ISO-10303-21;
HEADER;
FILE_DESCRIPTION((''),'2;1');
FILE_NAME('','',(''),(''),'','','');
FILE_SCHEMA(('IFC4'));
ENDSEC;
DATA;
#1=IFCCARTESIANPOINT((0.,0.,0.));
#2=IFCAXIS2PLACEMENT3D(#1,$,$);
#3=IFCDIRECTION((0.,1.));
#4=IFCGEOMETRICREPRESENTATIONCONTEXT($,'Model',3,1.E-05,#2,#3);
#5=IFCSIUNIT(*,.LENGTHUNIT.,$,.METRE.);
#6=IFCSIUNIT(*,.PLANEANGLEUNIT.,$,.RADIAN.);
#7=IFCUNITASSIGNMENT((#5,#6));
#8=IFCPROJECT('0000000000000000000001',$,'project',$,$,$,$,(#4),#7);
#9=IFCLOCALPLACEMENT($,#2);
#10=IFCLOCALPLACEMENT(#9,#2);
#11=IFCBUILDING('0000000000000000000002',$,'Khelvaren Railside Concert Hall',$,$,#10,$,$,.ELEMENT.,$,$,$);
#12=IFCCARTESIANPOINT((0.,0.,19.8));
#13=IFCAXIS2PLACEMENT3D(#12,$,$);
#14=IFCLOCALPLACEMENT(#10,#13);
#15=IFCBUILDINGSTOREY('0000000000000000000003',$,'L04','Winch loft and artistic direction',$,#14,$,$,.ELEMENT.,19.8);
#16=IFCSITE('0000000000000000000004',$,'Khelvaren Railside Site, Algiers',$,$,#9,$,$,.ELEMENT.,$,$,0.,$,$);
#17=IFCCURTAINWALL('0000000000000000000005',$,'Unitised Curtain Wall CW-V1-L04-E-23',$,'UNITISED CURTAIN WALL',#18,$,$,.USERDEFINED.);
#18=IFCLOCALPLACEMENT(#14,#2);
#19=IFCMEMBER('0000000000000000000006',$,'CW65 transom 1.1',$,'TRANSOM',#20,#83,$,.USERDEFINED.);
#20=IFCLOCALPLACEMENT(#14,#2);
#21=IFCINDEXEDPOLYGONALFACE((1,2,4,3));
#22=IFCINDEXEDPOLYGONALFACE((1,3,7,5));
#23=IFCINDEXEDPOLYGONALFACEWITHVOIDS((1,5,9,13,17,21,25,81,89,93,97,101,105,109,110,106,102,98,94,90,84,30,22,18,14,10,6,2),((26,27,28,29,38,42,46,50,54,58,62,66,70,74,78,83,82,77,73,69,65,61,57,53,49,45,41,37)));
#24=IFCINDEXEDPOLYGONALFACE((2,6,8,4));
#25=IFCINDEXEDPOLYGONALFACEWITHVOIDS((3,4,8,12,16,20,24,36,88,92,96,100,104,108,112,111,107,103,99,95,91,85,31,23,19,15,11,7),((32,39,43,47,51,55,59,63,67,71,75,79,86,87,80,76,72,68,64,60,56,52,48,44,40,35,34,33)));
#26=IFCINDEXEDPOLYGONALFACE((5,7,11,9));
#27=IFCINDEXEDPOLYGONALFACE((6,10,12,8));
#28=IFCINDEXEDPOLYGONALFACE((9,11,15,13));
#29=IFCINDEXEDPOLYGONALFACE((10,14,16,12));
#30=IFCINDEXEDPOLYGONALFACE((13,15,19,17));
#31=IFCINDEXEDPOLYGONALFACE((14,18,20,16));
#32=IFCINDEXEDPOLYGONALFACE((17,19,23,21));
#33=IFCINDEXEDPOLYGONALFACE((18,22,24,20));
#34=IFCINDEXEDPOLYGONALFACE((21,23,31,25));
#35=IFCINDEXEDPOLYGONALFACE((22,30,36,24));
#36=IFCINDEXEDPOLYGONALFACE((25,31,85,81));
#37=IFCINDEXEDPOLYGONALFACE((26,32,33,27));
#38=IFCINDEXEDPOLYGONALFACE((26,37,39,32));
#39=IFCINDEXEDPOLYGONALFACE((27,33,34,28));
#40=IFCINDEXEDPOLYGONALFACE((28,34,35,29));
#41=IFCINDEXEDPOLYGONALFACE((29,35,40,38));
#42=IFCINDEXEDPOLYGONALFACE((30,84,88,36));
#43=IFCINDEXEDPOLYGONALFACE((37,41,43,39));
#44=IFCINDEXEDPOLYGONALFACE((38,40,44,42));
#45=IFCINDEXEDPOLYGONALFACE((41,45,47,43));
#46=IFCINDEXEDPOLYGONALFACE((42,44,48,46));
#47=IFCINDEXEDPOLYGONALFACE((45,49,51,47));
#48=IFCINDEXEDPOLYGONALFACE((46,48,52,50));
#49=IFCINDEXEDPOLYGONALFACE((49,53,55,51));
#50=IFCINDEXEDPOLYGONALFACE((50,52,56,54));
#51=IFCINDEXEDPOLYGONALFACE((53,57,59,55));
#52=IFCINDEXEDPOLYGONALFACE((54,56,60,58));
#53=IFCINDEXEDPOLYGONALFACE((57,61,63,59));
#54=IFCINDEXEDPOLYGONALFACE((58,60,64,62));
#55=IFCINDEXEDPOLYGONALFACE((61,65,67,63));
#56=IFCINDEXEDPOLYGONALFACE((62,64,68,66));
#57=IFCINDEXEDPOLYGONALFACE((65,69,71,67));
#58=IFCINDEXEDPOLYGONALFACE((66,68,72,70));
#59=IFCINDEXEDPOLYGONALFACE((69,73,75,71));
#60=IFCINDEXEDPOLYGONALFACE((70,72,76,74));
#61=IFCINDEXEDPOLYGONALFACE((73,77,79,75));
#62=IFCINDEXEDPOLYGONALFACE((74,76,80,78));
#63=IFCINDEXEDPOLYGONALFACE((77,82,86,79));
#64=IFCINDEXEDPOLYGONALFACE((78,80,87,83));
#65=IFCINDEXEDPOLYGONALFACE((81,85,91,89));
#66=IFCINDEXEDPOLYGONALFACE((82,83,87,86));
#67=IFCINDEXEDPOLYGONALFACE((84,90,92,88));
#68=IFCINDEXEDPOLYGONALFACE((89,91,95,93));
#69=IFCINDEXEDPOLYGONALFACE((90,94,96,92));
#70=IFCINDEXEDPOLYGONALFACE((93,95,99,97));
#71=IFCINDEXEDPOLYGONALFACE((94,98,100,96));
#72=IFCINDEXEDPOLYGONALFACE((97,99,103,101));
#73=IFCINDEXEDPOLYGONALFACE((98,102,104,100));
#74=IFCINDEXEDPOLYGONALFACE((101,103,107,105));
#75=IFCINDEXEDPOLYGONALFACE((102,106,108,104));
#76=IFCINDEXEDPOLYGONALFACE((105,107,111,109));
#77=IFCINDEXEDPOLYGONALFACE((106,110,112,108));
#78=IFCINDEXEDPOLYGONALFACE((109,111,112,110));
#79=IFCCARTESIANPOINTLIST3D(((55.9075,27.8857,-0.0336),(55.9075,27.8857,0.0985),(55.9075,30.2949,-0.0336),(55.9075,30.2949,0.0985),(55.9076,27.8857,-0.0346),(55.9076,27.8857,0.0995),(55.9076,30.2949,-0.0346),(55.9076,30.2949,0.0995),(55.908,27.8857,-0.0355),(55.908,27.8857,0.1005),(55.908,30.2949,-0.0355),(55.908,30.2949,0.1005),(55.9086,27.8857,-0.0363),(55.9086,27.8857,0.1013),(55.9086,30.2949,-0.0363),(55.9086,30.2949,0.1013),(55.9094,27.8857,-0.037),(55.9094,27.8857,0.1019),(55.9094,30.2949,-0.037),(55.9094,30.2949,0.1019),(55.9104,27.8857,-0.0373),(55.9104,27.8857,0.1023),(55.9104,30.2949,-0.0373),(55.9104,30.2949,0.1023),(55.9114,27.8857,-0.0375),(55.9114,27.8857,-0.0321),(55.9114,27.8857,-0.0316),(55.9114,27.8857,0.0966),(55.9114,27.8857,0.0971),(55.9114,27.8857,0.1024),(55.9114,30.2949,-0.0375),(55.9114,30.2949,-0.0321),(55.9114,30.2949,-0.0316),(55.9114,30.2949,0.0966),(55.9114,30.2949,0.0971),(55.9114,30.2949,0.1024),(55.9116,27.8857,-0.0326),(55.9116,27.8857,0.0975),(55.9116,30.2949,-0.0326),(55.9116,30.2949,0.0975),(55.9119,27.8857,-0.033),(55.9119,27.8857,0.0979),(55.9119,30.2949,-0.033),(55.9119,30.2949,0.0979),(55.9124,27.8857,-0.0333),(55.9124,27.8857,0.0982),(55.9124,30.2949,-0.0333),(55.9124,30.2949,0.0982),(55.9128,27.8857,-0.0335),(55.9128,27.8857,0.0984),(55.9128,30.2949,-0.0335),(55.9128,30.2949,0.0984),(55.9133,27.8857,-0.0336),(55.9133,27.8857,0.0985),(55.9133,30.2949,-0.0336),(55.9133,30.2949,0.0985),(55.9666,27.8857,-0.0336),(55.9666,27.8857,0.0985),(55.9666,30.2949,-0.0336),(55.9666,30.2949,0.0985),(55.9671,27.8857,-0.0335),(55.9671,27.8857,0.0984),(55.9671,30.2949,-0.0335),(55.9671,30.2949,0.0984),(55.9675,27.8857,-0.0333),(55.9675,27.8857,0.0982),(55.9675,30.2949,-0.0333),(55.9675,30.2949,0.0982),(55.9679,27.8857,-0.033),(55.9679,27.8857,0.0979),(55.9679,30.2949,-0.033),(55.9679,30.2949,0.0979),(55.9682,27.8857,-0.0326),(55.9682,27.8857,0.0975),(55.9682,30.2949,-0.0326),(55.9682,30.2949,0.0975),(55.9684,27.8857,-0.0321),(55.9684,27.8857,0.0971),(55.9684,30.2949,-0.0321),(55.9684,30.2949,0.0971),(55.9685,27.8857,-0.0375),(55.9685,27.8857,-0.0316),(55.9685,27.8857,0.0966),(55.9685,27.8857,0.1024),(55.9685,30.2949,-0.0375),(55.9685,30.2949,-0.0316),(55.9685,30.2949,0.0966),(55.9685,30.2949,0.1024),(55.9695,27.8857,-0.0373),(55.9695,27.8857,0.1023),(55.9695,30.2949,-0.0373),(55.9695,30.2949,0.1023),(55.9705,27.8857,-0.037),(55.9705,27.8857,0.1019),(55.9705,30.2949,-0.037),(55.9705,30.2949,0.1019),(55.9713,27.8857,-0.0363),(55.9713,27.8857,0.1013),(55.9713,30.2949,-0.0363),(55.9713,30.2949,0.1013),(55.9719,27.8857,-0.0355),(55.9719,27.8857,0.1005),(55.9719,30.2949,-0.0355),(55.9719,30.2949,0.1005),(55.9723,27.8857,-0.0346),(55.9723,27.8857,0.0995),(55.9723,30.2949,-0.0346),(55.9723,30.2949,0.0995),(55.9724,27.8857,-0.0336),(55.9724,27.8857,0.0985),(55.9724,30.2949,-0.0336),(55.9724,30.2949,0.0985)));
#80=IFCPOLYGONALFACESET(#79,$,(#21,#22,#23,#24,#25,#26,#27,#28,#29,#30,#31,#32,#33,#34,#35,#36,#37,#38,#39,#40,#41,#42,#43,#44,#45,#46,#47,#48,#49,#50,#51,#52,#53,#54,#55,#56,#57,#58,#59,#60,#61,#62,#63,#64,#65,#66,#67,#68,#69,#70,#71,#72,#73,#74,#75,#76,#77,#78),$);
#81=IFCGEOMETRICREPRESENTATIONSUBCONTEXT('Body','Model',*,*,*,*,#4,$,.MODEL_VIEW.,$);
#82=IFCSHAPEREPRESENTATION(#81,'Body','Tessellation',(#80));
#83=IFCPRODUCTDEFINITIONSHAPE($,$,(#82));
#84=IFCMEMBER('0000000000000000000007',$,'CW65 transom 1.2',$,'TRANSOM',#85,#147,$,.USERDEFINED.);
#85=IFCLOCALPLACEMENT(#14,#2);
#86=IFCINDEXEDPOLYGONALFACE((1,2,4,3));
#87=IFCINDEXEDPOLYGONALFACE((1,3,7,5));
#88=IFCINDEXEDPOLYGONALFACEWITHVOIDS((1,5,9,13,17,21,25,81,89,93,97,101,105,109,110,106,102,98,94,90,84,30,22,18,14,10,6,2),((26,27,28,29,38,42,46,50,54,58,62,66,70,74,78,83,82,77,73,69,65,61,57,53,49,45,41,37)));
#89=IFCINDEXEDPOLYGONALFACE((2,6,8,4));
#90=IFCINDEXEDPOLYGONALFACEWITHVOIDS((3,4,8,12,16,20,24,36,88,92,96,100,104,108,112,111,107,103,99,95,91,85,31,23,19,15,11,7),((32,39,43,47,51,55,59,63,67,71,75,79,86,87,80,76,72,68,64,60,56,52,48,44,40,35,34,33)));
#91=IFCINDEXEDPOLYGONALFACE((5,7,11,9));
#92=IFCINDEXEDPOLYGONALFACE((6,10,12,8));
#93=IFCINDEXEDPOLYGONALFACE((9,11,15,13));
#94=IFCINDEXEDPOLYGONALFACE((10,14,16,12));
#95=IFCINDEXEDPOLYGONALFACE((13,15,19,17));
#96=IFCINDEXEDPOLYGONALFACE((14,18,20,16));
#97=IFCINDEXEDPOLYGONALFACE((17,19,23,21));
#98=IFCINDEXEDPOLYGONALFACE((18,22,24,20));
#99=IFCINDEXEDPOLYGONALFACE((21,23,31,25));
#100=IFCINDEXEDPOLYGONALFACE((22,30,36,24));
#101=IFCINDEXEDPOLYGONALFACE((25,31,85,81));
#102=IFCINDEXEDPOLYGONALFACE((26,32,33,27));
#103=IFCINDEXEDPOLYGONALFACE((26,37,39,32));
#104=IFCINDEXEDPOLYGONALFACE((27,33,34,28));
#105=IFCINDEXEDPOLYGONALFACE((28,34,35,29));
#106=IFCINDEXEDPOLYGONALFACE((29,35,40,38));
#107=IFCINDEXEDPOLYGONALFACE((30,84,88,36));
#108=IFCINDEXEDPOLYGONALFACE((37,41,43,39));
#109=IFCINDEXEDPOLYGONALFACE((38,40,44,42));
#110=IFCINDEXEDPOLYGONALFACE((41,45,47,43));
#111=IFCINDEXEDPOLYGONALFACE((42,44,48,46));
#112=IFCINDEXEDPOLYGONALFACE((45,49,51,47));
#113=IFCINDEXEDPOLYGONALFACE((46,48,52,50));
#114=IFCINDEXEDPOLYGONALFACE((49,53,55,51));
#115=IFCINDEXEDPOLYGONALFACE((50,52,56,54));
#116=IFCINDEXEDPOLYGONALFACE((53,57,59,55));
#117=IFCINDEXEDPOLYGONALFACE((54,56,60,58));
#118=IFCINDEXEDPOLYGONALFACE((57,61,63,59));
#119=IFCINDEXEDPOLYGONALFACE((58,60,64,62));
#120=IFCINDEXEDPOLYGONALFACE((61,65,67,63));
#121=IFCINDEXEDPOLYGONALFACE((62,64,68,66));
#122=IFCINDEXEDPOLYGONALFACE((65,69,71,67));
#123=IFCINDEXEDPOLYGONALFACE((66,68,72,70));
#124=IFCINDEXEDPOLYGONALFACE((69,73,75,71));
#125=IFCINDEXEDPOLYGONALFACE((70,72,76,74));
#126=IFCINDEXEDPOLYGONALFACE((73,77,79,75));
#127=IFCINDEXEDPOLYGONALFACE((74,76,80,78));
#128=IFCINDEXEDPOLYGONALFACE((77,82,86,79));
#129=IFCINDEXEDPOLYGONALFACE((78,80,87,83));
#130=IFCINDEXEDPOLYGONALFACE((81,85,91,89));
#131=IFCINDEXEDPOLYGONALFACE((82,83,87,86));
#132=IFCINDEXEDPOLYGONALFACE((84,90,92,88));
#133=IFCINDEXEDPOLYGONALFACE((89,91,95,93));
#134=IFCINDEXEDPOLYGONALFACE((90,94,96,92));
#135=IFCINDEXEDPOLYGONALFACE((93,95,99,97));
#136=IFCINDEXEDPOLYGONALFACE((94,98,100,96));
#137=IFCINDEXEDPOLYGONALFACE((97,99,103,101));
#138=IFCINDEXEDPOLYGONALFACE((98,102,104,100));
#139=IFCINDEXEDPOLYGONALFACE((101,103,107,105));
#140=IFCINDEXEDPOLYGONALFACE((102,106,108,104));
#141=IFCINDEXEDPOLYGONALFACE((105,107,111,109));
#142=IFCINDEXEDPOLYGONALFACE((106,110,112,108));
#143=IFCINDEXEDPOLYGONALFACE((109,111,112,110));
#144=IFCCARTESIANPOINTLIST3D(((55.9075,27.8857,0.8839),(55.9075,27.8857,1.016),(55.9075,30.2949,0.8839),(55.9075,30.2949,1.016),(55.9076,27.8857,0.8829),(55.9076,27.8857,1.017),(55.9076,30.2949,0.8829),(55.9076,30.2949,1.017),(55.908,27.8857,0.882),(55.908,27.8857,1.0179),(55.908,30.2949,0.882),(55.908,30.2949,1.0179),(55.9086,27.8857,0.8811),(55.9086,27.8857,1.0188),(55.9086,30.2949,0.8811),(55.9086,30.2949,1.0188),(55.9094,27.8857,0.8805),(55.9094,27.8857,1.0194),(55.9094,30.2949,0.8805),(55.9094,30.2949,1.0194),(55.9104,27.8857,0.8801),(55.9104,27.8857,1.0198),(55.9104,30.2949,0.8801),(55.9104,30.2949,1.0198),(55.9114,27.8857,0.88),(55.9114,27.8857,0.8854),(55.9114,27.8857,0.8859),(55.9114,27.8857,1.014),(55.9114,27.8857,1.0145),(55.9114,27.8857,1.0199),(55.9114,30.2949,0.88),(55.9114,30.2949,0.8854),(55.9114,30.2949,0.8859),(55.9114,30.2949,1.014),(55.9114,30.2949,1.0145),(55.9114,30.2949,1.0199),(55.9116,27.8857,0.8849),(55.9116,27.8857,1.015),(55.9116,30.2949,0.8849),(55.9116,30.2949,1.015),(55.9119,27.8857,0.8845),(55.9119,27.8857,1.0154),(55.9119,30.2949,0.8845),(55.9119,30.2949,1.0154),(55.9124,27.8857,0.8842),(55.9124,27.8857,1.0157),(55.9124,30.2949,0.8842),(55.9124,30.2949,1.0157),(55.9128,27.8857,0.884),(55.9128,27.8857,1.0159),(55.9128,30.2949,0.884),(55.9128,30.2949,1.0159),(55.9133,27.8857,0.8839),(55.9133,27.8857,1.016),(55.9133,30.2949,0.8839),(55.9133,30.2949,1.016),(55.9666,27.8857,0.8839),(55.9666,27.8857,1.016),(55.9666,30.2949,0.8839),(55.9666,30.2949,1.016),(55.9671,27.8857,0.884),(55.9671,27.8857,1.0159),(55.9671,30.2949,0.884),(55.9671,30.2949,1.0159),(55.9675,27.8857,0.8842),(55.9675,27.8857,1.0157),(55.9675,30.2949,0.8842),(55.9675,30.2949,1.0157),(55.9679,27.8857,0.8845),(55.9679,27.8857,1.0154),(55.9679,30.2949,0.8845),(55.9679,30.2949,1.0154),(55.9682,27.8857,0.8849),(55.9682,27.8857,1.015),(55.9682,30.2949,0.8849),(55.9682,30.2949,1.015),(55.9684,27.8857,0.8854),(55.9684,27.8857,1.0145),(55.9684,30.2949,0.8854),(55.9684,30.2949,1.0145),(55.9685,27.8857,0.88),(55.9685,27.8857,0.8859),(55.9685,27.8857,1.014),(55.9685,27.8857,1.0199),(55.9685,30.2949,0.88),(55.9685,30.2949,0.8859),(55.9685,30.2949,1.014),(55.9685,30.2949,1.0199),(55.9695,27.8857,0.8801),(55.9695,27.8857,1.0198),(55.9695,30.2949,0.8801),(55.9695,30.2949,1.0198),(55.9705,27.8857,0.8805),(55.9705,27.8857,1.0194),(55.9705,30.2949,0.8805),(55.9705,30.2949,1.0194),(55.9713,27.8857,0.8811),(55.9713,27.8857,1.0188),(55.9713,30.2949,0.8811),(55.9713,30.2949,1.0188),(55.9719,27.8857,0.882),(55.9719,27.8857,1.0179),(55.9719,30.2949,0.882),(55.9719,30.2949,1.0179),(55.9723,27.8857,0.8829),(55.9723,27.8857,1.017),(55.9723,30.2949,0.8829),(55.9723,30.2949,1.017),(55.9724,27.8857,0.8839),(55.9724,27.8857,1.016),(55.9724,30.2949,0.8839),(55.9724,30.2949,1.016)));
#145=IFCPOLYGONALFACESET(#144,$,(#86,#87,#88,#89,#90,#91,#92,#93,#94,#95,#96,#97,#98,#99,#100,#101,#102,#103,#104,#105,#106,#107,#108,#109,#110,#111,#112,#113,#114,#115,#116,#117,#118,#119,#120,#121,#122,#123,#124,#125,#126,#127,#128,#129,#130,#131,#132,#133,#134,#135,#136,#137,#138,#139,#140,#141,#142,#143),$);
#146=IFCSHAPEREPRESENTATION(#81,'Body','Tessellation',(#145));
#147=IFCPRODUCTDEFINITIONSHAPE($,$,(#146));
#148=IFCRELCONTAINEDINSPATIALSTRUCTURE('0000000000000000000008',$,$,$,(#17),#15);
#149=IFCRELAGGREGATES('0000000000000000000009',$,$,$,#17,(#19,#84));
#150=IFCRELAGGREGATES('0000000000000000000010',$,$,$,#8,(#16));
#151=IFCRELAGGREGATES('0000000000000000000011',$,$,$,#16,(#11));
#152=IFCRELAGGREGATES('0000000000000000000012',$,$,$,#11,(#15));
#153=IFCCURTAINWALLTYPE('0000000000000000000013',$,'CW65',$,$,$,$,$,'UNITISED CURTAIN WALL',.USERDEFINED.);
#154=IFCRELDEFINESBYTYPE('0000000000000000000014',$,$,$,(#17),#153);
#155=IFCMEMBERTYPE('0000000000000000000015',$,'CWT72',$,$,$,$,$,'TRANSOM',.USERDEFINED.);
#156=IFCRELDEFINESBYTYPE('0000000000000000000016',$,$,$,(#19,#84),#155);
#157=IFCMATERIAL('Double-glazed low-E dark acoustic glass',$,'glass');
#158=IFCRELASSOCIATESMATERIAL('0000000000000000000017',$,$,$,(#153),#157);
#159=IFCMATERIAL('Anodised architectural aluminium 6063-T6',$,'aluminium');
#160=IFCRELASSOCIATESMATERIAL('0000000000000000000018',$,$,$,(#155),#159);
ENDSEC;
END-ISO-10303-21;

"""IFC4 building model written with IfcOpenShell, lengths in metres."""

from ifc_helpers import new_model, si_unit, direction, frame, origin, origin_2d, place, context, subcontext, project, spatial, hollow_rectangle, extrude, material, material_profile, profile_set, type_object, element, aggregate, save


model = new_model("IFC4")

# Units and contexts
model_context = context("Model", 3, precision=1e-05, world=origin(), true_north=direction((0.0, 1.0)))
body_context = subcontext(model_context, "Body", "Model", "MODEL_VIEW")
ifc_project = project(units=[si_unit("LENGTHUNIT", "METRE"), si_unit("PLANEANGLEUNIT", "RADIAN")], contexts=[model_context])

# Site, building, storey
site_placement = place(None, origin())
site = spatial("IfcSite", under=ifc_project, at=site_placement, Name="Khelvaren Railside Site, Algiers", CompositionType="ELEMENT", RefElevation=0.0)
building_placement = place(site_placement, origin())
building = spatial("IfcBuilding", under=site, at=building_placement, Name="Khelvaren Railside Concert Hall", CompositionType="ELEMENT")
storey_placement = place(building_placement, frame((0.0, 0.0, 19.8)))
storey = spatial("IfcBuildingStorey", under=building, at=storey_placement, Name="L04", Description="Winch loft and artistic direction", CompositionType="ELEMENT", Elevation=19.8)

# Shared definitions
ifc_material_1 = material(Name="Anodised architectural aluminium 6063-T6", Category="aluminium")
ifc_material_2 = material(Name="Double-glazed low-E dark acoustic glass", Category="glass")

# Curtain wall
curtain_wall_type_1 = type_object("IfcCurtainWallType", Name="CW65", ElementType="UNITISED CURTAIN WALL", PredefinedType="USERDEFINED", material=ifc_material_2)
curtain_wall_1_placement = place(storey_placement, origin())
curtain_wall_1 = element("IfcCurtainWall", 1, at=curtain_wall_1_placement, inside=storey, type_object=curtain_wall_type_1, Name="Unitised Curtain Wall CW-V1-L04-E-23", ObjectType="UNITISED CURTAIN WALL", PredefinedType="USERDEFINED")

# Members
ifc_material_profile_1 = material_profile(ifc_material_1, hollow_rectangle(XDim=0.0649, YDim=0.1399, WallThickness=0.0039, InnerFilletRadius=0.002, OuterFilletRadius=0.0039, at=origin_2d()), Name="CWT 65x140x4")
ifc_profile_set_1 = profile_set([ifc_material_profile_1], Name="Anodised architectural aluminium 6063-T6")
member_type_1 = type_object("IfcMemberType", Name="CWT72", ElementType="TRANSOM", PredefinedType="USERDEFINED", material=ifc_profile_set_1)
member_1_placement = place(storey_placement, frame((55.9399, 30.2949, 0.0325), z_axis=(0.0, -1.0, 0.0), x_axis=(1.0, 0.0, 0.0)))
member_1 = element("IfcMember", 2, at=member_1_placement, type_object=member_type_1, Name="CW65 transom 1.1", ObjectType="TRANSOM", PredefinedType="USERDEFINED", context=body_context, shape_type="SweptSolid", body=[
    extrude(hollow_rectangle(XDim=0.0649, YDim=0.1399, WallThickness=0.0039, InnerFilletRadius=0.002, OuterFilletRadius=0.0039, at=origin_2d()), origin(), (0.0, 0.0, 1.0), 2.4092),
])
member_2_placement = place(storey_placement, frame((55.9399, 30.2949, 0.95), z_axis=(0.0, -1.0, 0.0), x_axis=(1.0, 0.0, 0.0)))
member_2 = element("IfcMember", 3, at=member_2_placement, type_object=member_type_1, Name="CW65 transom 1.2", ObjectType="TRANSOM", PredefinedType="USERDEFINED", context=body_context, shape_type="SweptSolid", body=[
    extrude(hollow_rectangle(XDim=0.0649, YDim=0.1399, WallThickness=0.0039, InnerFilletRadius=0.002, OuterFilletRadius=0.0039, at=origin_2d()), origin(), (0.0, 0.0, 1.0), 2.4092),
])

aggregate(curtain_wall_1, [member_1, member_2])

save(model, "model.ifc")
